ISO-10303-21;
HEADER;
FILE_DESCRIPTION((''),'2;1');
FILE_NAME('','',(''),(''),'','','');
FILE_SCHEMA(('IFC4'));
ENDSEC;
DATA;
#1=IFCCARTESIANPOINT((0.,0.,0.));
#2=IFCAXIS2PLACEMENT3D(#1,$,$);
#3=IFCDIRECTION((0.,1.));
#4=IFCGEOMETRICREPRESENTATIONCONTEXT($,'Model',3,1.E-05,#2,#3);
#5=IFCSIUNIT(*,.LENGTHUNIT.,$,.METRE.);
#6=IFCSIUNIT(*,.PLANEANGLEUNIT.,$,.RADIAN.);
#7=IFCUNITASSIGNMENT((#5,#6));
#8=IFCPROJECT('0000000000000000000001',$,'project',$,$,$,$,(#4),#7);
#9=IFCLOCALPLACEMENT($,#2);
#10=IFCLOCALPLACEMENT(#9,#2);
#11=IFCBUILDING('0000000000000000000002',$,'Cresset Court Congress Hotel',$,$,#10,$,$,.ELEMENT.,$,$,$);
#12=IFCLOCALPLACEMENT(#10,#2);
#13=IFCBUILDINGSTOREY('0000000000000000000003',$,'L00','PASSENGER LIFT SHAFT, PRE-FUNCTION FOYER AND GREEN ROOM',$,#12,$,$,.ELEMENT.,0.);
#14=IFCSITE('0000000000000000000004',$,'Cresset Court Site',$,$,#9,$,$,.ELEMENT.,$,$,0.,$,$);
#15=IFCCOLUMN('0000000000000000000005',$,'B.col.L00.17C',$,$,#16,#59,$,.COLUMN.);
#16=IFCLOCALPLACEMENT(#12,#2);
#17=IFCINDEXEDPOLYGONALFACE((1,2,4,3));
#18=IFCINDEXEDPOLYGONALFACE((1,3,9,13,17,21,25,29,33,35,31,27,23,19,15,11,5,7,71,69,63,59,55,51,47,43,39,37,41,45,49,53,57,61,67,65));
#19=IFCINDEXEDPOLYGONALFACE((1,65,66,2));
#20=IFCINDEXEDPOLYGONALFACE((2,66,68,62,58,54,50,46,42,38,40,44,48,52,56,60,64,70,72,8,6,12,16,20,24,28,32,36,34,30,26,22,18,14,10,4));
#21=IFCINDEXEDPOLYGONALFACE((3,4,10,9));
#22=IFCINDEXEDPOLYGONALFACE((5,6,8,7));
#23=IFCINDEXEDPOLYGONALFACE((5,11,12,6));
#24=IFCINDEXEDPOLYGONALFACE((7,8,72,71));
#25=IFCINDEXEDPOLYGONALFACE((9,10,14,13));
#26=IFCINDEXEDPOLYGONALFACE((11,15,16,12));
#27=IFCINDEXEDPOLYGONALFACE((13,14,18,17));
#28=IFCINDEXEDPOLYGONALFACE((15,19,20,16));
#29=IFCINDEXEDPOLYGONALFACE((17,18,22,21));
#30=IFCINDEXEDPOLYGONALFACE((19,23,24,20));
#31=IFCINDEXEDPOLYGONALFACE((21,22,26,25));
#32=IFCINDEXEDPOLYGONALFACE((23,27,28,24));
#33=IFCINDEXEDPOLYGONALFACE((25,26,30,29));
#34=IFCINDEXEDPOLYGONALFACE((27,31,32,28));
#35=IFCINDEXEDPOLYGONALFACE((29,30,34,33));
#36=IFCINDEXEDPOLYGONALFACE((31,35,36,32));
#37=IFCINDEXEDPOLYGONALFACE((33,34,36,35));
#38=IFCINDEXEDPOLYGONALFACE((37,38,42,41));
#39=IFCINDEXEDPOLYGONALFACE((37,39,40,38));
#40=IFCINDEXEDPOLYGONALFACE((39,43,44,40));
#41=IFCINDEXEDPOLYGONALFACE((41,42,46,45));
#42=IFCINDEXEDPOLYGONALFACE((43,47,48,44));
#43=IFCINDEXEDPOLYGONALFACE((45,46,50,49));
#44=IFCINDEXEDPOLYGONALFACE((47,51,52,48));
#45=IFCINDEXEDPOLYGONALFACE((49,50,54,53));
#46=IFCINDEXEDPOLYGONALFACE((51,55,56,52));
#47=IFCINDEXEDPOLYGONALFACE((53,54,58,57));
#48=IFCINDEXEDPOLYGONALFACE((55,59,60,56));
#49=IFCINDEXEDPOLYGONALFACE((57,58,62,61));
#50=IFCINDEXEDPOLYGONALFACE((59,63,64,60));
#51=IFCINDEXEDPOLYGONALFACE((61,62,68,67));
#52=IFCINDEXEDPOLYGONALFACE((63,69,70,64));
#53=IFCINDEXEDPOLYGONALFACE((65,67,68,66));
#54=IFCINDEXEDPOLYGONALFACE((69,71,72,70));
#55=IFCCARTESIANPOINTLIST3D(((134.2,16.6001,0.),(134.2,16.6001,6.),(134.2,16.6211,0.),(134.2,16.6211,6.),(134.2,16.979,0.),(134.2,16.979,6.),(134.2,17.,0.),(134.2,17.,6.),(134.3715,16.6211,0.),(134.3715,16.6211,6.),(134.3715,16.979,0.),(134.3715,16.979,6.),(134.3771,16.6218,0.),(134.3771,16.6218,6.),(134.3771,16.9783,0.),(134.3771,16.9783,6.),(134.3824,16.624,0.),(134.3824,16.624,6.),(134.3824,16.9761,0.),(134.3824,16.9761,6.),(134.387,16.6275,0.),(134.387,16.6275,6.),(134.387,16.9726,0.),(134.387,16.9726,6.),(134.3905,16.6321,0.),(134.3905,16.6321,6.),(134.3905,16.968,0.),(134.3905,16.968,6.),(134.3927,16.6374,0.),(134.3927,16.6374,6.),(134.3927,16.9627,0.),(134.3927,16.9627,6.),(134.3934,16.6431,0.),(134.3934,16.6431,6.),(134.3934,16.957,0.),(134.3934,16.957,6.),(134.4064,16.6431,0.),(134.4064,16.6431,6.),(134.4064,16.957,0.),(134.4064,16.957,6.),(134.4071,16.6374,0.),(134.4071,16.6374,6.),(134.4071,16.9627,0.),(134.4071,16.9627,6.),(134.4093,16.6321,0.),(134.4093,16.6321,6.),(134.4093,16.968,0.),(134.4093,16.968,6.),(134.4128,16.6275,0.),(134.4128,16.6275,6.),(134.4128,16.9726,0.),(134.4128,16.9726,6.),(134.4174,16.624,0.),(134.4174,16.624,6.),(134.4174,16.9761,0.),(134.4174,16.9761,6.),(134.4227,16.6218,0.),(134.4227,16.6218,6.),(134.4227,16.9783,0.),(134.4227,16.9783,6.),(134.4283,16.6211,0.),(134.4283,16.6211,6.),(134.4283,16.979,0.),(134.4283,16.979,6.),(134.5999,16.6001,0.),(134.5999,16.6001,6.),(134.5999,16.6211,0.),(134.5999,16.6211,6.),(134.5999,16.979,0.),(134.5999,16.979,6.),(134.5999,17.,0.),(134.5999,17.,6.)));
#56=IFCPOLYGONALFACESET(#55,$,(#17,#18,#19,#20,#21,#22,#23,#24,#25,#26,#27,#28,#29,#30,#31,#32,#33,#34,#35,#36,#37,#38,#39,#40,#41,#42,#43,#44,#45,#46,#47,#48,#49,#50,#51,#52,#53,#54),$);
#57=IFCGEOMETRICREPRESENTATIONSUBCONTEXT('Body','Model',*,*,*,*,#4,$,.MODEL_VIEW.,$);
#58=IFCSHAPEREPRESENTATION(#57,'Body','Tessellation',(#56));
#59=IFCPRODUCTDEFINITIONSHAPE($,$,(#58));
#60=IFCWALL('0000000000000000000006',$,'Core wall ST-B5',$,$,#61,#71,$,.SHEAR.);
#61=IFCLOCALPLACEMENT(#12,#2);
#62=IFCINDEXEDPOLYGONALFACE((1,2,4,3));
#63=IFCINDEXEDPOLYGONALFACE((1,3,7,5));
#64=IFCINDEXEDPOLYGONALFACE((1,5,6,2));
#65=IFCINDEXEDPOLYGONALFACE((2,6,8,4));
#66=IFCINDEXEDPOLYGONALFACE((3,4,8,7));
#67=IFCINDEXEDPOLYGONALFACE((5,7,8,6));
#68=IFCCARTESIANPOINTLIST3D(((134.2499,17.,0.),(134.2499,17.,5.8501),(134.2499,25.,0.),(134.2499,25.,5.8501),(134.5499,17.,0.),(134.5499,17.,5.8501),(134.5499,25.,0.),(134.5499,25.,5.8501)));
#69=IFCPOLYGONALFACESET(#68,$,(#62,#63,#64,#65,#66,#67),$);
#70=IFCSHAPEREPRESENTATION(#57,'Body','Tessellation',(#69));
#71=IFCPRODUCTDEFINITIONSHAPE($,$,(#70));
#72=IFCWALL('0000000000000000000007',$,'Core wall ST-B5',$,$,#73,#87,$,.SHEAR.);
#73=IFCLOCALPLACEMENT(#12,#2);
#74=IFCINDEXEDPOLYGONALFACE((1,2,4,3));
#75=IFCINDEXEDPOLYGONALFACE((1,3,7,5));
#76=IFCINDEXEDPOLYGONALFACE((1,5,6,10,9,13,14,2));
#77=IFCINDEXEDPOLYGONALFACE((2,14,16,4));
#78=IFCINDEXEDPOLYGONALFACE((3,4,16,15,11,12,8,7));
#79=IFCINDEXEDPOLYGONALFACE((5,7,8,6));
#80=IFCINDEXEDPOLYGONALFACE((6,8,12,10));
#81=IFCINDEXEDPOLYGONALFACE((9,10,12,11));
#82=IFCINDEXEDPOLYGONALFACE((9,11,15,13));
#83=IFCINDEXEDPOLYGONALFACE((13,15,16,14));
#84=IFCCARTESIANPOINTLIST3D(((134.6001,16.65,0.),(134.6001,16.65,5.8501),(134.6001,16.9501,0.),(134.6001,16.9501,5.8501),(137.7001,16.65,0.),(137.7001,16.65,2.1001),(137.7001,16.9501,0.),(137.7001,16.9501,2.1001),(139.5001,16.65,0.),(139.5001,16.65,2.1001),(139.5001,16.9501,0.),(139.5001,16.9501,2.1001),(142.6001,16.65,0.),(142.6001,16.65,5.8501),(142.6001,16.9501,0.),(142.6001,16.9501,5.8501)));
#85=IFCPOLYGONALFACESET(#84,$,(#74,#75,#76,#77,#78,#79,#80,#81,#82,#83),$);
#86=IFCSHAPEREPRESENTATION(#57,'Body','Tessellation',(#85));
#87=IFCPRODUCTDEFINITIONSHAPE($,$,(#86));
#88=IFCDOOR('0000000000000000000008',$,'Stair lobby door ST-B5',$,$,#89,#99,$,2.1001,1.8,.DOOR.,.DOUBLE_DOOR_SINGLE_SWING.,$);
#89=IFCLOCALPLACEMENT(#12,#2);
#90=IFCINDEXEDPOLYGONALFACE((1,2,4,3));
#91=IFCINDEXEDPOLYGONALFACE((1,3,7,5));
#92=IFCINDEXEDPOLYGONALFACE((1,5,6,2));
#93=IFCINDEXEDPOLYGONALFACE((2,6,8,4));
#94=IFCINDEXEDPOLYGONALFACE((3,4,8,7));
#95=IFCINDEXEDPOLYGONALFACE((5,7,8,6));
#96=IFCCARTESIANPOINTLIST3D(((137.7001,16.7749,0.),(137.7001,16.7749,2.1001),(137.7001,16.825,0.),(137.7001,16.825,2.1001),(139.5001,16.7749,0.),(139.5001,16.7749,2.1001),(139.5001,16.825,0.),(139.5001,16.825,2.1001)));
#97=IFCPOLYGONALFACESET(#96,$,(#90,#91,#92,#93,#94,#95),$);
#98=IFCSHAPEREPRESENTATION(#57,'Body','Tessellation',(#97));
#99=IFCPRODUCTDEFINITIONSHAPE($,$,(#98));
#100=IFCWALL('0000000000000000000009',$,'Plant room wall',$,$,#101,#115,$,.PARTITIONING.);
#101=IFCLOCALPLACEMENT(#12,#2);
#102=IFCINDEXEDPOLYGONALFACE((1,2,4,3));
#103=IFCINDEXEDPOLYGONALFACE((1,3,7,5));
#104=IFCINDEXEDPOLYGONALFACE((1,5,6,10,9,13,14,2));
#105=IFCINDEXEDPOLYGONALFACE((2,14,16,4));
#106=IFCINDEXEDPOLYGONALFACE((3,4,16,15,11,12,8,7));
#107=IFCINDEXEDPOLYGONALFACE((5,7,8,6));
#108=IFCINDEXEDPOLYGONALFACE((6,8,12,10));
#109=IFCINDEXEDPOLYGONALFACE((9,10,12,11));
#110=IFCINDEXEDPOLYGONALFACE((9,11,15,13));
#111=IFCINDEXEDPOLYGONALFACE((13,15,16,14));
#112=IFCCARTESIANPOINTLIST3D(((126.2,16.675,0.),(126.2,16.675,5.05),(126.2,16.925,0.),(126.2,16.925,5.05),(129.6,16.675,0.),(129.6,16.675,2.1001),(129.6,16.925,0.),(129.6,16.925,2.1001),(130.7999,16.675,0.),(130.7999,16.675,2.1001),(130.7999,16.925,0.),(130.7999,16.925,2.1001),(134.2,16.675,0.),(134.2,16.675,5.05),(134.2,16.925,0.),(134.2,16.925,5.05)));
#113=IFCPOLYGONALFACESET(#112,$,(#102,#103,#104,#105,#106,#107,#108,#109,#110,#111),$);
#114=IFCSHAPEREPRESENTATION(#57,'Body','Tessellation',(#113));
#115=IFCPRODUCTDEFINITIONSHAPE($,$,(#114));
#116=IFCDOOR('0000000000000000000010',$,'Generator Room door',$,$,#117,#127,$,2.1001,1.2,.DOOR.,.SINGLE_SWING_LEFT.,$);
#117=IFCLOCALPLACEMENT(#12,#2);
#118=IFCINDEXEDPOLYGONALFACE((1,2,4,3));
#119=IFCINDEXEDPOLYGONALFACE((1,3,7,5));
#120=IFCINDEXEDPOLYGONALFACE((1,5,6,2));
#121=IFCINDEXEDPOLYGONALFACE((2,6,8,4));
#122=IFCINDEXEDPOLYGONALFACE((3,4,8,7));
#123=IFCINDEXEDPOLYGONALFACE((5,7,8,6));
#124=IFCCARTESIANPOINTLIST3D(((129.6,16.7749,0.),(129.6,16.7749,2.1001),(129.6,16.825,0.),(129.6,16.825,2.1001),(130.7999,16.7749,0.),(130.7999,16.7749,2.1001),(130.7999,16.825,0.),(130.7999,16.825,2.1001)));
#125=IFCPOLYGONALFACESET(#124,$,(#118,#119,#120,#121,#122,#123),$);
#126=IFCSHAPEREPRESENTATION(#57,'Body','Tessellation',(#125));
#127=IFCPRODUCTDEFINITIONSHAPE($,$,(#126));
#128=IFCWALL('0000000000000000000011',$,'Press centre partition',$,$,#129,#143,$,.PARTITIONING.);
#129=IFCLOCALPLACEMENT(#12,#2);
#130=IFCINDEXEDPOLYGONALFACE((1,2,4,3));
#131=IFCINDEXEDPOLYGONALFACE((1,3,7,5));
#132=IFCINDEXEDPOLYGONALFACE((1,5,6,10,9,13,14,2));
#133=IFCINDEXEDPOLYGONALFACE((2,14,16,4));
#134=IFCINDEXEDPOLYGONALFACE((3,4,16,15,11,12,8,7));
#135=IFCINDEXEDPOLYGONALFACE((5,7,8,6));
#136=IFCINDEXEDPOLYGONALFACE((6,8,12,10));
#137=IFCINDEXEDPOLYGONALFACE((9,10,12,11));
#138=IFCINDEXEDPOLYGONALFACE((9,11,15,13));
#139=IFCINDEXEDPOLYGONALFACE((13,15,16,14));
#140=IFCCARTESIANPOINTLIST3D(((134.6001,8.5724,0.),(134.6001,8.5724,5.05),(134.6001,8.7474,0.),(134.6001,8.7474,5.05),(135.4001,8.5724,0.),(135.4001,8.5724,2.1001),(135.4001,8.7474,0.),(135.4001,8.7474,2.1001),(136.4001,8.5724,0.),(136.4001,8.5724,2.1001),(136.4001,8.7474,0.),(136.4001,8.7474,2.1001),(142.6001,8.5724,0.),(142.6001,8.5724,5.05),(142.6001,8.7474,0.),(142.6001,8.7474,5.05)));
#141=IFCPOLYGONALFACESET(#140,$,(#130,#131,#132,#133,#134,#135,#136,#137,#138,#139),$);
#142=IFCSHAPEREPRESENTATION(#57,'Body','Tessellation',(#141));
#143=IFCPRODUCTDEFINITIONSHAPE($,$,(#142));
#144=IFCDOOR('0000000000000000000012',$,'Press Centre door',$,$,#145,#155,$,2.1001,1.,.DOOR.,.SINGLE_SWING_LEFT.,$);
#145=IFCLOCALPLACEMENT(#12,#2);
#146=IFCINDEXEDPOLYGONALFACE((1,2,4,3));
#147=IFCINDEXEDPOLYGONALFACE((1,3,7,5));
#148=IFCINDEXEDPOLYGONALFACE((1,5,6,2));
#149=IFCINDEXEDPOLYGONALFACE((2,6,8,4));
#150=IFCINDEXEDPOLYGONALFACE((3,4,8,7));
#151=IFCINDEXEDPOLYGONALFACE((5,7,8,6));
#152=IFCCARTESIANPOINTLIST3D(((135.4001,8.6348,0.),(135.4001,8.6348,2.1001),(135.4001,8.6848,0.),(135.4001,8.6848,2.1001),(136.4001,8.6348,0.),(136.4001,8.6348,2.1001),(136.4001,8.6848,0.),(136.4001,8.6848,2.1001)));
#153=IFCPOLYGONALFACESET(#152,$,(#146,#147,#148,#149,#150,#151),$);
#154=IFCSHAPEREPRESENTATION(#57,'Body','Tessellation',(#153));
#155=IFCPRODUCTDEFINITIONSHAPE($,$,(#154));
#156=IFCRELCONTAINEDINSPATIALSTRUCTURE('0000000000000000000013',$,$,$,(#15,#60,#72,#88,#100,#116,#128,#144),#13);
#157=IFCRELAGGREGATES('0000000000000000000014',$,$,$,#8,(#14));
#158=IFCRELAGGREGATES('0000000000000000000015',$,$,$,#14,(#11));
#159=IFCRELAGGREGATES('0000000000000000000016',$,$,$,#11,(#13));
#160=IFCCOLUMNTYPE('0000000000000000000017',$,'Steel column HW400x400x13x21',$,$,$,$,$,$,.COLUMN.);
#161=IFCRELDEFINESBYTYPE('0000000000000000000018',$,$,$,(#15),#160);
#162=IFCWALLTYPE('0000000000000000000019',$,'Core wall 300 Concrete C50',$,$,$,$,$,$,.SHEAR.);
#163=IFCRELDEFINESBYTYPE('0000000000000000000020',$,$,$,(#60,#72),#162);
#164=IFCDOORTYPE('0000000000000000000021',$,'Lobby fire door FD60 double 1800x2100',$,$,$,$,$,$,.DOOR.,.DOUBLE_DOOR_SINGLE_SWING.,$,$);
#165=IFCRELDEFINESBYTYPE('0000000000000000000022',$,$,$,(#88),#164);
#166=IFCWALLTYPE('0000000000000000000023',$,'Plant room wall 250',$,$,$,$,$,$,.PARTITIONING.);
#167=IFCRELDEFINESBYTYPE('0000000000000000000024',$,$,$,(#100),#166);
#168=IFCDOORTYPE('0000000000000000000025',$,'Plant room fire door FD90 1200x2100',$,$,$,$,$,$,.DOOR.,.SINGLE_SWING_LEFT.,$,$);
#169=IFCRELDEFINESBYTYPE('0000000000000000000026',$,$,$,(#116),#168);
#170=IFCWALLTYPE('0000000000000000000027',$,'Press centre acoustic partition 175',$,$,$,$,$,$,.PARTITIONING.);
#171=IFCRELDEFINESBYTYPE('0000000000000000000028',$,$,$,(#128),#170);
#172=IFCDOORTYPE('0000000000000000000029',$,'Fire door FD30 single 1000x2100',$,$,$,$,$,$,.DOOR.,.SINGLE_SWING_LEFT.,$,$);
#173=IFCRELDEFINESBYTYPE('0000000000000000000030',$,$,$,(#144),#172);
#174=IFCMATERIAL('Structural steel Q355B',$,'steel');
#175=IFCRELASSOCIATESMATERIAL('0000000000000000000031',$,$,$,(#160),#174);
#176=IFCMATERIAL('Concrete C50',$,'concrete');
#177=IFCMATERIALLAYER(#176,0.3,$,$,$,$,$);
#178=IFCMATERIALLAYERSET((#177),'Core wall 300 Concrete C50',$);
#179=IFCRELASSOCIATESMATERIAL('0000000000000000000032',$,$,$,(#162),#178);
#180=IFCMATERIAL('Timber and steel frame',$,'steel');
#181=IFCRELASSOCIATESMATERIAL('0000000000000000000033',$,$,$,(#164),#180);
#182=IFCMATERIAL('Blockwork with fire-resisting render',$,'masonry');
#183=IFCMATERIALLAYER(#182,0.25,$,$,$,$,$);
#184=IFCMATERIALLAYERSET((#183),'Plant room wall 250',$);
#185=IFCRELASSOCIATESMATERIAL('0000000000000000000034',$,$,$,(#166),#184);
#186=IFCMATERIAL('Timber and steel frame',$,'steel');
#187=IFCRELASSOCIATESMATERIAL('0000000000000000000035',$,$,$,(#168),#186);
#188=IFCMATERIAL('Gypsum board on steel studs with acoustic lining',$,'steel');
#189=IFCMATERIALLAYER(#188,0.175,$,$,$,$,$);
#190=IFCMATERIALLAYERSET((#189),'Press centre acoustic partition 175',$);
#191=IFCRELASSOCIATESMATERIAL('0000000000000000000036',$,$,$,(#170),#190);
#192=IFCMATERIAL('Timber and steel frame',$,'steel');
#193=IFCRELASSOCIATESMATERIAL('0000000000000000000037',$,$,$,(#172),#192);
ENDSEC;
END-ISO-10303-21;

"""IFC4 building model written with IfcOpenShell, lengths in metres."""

from ifc_helpers import new_model, si_unit, direction, frame, frame_2d, origin, origin_2d, place, context, subcontext, project, spatial, rectangle, i_section, extrude, material, layer, layer_set, material_profile, profile_set, type_object, element, fill, save


model = new_model("IFC4")

# Units and contexts
model_context = context("Model", 3, precision=1e-05, world=origin(), true_north=direction((0.0, 1.0)))
body_context = subcontext(model_context, "Body", "Model", "MODEL_VIEW")
ifc_project = project(units=[si_unit("LENGTHUNIT", "METRE"), si_unit("PLANEANGLEUNIT", "RADIAN")], contexts=[model_context])

# Site, building, storey
site_placement = place(None, origin())
site = spatial("IfcSite", under=ifc_project, at=site_placement, Name="Cresset Court Site", CompositionType="ELEMENT", RefElevation=0.0)
building_placement = place(site_placement, origin())
building = spatial("IfcBuilding", under=site, at=building_placement, Name="Cresset Court Congress Hotel", CompositionType="ELEMENT")
storey_placement = place(building_placement, origin())
storey = spatial("IfcBuildingStorey", under=building, at=storey_placement, Name="L00", Description="PASSENGER LIFT SHAFT, PRE-FUNCTION FOYER AND GREEN ROOM", CompositionType="ELEMENT", Elevation=0.0)

# Column
ifc_material_1 = material(Name="Structural steel Q355B", Category="steel")
ifc_material_profile = material_profile(ifc_material_1, i_section(OverallWidth=0.3999, OverallDepth=0.3999, WebThickness=0.0129, FlangeThickness=0.021, FilletRadius=0.022, at=origin_2d()), Name="HW400x400x13x21")
ifc_profile_set = profile_set([ifc_material_profile], Name="Structural steel Q355B")
column_type = type_object("IfcColumnType", Name="Steel column HW400x400x13x21", PredefinedType="COLUMN", material=ifc_profile_set)
column_placement = place(storey_placement, frame((134.3999, 16.8, 0.0), z_axis=(0.0, 0.0, 1.0), x_axis=(1.0, 0.0, 0.0)))
element("IfcColumn", 1, at=column_placement, inside=storey, type_object=column_type, Name="B.col.L00.17C", PredefinedType="COLUMN", context=body_context, shape_type="SweptSolid", body=[
    extrude(i_section(OverallWidth=0.3999, OverallDepth=0.3999, WebThickness=0.0129, FlangeThickness=0.021, FilletRadius=0.022, at=origin_2d()), origin(), (0.0, 0.0, 1.0), 6.0),
])

# Wall
ifc_material_2 = material(Name="Concrete C50", Category="concrete")
ifc_layer_1 = layer(ifc_material_2, 0.3)
ifc_layer_set_1 = layer_set([ifc_layer_1], Name="Core wall 300 Concrete C50")
wall_type_1 = type_object("IfcWallType", Name="Core wall 300 Concrete C50", PredefinedType="SHEAR", material=ifc_layer_set_1)
wall_1_placement = place(storey_placement, frame((134.3999, 17.0, 0.0), z_axis=(0.0, 0.0, 1.0), x_axis=(0.0, 1.0, 0.0)))
element("IfcWall", 2, at=wall_1_placement, inside=storey, type_object=wall_type_1, Name="Core wall ST-B5", PredefinedType="SHEAR", context=body_context, shape_type="SweptSolid", body=[
    extrude(rectangle(XDim=8.0, YDim=0.3, at=frame_2d((4.0, 0.0))), origin(), (0.0, 0.0, 1.0), 5.8501),
])

# Walls, openings, doors
wall_2_placement = place(storey_placement, frame((134.6001, 16.8, 0.0), z_axis=(0.0, 0.0, 1.0), x_axis=(1.0, 0.0, 0.0)))
wall_2 = element("IfcWall", 3, at=wall_2_placement, inside=storey, type_object=wall_type_1, Name="Core wall ST-B5", PredefinedType="SHEAR", context=body_context, shape_type="SweptSolid", body=[
    extrude(rectangle(XDim=8.0, YDim=0.3, at=frame_2d((4.0, 0.0))), origin(), (0.0, 0.0, 1.0), 5.8501),
])
opening_1_placement = place(wall_2_placement, frame((3.1001, 0.0, 0.0)))
opening_1 = element("IfcOpeningElement", 4, at=opening_1_placement, cuts=wall_2, PredefinedType="OPENING", context=body_context, shape_type="SweptSolid", body=[
    extrude(rectangle(XDim=1.8, YDim=2.1001, at=frame_2d((0.8999, 1.05))), frame((0.0, 0.1599, 0.0), z_axis=(0.0, -1.0, 0.0), x_axis=(1.0, 0.0, 0.0)), (0.0, 0.0, 1.0), 0.3201),
])
ifc_material_3 = material(Name="Timber and steel frame", Category="steel")
door_type_1 = type_object("IfcDoorType", Name="Lobby fire door FD60 double 1800x2100", OperationType="DOUBLE_DOOR_SINGLE_SWING", PredefinedType="DOOR", material=ifc_material_3)
door_1_placement = place(opening_1_placement, origin())
door_1 = element("IfcDoor", 5, at=door_1_placement, inside=storey, type_object=door_type_1, Name="Stair lobby door ST-B5", OperationType="DOUBLE_DOOR_SINGLE_SWING", OverallHeight=2.1001, OverallWidth=1.8, PredefinedType="DOOR", context=body_context, shape_type="SweptSolid", body=[
    extrude(rectangle(XDim=1.8, YDim=2.1001, at=frame_2d((0.8999, 1.05))), frame((0.0, 0.0249, 0.0), z_axis=(0.0, -1.0, 0.0), x_axis=(1.0, 0.0, 0.0)), (0.0, 0.0, 1.0), 0.05),
])
fill(opening_1, door_1)
ifc_material_4 = material(Name="Blockwork with fire-resisting render", Category="masonry")
ifc_layer_2 = layer(ifc_material_4, 0.25)
ifc_layer_set_2 = layer_set([ifc_layer_2], Name="Plant room wall 250")
wall_type_2 = type_object("IfcWallType", Name="Plant room wall 250", PredefinedType="PARTITIONING", material=ifc_layer_set_2)
wall_3_placement = place(storey_placement, frame((126.2, 16.8, 0.0), z_axis=(0.0, 0.0, 1.0), x_axis=(1.0, 0.0, 0.0)))
wall_3 = element("IfcWall", 6, at=wall_3_placement, inside=storey, type_object=wall_type_2, Name="Plant room wall", PredefinedType="PARTITIONING", context=body_context, shape_type="SweptSolid", body=[
    extrude(rectangle(XDim=8.0, YDim=0.25, at=frame_2d((4.0, 0.0))), origin(), (0.0, 0.0, 1.0), 5.05),
])
opening_2_placement = place(wall_3_placement, frame((3.3999, 0.0, 0.0)))
opening_2 = element("IfcOpeningElement", 7, at=opening_2_placement, cuts=wall_3, PredefinedType="OPENING", context=body_context, shape_type="SweptSolid", body=[
    extrude(rectangle(XDim=1.2, YDim=2.1001, at=frame_2d((0.6001, 1.05))), frame((0.0, 0.135, 0.0), z_axis=(0.0, -1.0, 0.0), x_axis=(1.0, 0.0, 0.0)), (0.0, 0.0, 1.0), 0.27),
])
ifc_material_5 = material(Name="Timber and steel frame", Category="steel")
door_type_2 = type_object("IfcDoorType", Name="Plant room fire door FD90 1200x2100", OperationType="SINGLE_SWING_LEFT", PredefinedType="DOOR", material=ifc_material_5)
door_2_placement = place(opening_2_placement, origin())
door_2 = element("IfcDoor", 8, at=door_2_placement, inside=storey, type_object=door_type_2, Name="Generator Room door", OperationType="SINGLE_SWING_LEFT", OverallHeight=2.1001, OverallWidth=1.2, PredefinedType="DOOR", context=body_context, shape_type="SweptSolid", body=[
    extrude(rectangle(XDim=1.2, YDim=2.1001, at=frame_2d((0.6001, 1.05))), frame((0.0, 0.0249, 0.0), z_axis=(0.0, -1.0, 0.0), x_axis=(1.0, 0.0, 0.0)), (0.0, 0.0, 1.0), 0.05),
])
fill(opening_2, door_2)
ifc_material_6 = material(Name="Gypsum board on steel studs with acoustic lining", Category="steel")
ifc_layer_3 = layer(ifc_material_6, 0.175)
ifc_layer_set_3 = layer_set([ifc_layer_3], Name="Press centre acoustic partition 175")
wall_type_3 = type_object("IfcWallType", Name="Press centre acoustic partition 175", PredefinedType="PARTITIONING", material=ifc_layer_set_3)
wall_4_placement = place(storey_placement, frame((134.6001, 8.6599, 0.0), z_axis=(0.0, 0.0, 1.0), x_axis=(1.0, 0.0, 0.0)))
wall_4 = element("IfcWall", 9, at=wall_4_placement, inside=storey, type_object=wall_type_3, Name="Press centre partition", PredefinedType="PARTITIONING", context=body_context, shape_type="SweptSolid", body=[
    extrude(rectangle(XDim=8.0, YDim=0.175, at=frame_2d((4.0, 0.0))), origin(), (0.0, 0.0, 1.0), 5.05),
])
opening_3_placement = place(wall_4_placement, frame((0.8, 0.0, 0.0)))
opening_3 = element("IfcOpeningElement", 10, at=opening_3_placement, cuts=wall_4, PredefinedType="OPENING", context=body_context, shape_type="SweptSolid", body=[
    extrude(rectangle(XDim=1.0, YDim=2.1001, at=frame_2d((0.5, 1.05))), frame((0.0, 0.0974, 0.0), z_axis=(0.0, -1.0, 0.0), x_axis=(1.0, 0.0, 0.0)), (0.0, 0.0, 1.0), 0.1951),
])
ifc_material_7 = material(Name="Timber and steel frame", Category="steel")
door_type_3 = type_object("IfcDoorType", Name="Fire door FD30 single 1000x2100", OperationType="SINGLE_SWING_LEFT", PredefinedType="DOOR", material=ifc_material_7)
door_3_placement = place(opening_3_placement, origin())
door_3 = element("IfcDoor", 11, at=door_3_placement, inside=storey, type_object=door_type_3, Name="Press Centre door", OperationType="SINGLE_SWING_LEFT", OverallHeight=2.1001, OverallWidth=1.0, PredefinedType="DOOR", context=body_context, shape_type="SweptSolid", body=[
    extrude(rectangle(XDim=1.0, YDim=2.1001, at=frame_2d((0.5, 1.05))), frame((0.0, 0.0249, 0.0), z_axis=(0.0, -1.0, 0.0), x_axis=(1.0, 0.0, 0.0)), (0.0, 0.0, 1.0), 0.05),
])
fill(opening_3, door_3)

save(model, "model.ifc")
